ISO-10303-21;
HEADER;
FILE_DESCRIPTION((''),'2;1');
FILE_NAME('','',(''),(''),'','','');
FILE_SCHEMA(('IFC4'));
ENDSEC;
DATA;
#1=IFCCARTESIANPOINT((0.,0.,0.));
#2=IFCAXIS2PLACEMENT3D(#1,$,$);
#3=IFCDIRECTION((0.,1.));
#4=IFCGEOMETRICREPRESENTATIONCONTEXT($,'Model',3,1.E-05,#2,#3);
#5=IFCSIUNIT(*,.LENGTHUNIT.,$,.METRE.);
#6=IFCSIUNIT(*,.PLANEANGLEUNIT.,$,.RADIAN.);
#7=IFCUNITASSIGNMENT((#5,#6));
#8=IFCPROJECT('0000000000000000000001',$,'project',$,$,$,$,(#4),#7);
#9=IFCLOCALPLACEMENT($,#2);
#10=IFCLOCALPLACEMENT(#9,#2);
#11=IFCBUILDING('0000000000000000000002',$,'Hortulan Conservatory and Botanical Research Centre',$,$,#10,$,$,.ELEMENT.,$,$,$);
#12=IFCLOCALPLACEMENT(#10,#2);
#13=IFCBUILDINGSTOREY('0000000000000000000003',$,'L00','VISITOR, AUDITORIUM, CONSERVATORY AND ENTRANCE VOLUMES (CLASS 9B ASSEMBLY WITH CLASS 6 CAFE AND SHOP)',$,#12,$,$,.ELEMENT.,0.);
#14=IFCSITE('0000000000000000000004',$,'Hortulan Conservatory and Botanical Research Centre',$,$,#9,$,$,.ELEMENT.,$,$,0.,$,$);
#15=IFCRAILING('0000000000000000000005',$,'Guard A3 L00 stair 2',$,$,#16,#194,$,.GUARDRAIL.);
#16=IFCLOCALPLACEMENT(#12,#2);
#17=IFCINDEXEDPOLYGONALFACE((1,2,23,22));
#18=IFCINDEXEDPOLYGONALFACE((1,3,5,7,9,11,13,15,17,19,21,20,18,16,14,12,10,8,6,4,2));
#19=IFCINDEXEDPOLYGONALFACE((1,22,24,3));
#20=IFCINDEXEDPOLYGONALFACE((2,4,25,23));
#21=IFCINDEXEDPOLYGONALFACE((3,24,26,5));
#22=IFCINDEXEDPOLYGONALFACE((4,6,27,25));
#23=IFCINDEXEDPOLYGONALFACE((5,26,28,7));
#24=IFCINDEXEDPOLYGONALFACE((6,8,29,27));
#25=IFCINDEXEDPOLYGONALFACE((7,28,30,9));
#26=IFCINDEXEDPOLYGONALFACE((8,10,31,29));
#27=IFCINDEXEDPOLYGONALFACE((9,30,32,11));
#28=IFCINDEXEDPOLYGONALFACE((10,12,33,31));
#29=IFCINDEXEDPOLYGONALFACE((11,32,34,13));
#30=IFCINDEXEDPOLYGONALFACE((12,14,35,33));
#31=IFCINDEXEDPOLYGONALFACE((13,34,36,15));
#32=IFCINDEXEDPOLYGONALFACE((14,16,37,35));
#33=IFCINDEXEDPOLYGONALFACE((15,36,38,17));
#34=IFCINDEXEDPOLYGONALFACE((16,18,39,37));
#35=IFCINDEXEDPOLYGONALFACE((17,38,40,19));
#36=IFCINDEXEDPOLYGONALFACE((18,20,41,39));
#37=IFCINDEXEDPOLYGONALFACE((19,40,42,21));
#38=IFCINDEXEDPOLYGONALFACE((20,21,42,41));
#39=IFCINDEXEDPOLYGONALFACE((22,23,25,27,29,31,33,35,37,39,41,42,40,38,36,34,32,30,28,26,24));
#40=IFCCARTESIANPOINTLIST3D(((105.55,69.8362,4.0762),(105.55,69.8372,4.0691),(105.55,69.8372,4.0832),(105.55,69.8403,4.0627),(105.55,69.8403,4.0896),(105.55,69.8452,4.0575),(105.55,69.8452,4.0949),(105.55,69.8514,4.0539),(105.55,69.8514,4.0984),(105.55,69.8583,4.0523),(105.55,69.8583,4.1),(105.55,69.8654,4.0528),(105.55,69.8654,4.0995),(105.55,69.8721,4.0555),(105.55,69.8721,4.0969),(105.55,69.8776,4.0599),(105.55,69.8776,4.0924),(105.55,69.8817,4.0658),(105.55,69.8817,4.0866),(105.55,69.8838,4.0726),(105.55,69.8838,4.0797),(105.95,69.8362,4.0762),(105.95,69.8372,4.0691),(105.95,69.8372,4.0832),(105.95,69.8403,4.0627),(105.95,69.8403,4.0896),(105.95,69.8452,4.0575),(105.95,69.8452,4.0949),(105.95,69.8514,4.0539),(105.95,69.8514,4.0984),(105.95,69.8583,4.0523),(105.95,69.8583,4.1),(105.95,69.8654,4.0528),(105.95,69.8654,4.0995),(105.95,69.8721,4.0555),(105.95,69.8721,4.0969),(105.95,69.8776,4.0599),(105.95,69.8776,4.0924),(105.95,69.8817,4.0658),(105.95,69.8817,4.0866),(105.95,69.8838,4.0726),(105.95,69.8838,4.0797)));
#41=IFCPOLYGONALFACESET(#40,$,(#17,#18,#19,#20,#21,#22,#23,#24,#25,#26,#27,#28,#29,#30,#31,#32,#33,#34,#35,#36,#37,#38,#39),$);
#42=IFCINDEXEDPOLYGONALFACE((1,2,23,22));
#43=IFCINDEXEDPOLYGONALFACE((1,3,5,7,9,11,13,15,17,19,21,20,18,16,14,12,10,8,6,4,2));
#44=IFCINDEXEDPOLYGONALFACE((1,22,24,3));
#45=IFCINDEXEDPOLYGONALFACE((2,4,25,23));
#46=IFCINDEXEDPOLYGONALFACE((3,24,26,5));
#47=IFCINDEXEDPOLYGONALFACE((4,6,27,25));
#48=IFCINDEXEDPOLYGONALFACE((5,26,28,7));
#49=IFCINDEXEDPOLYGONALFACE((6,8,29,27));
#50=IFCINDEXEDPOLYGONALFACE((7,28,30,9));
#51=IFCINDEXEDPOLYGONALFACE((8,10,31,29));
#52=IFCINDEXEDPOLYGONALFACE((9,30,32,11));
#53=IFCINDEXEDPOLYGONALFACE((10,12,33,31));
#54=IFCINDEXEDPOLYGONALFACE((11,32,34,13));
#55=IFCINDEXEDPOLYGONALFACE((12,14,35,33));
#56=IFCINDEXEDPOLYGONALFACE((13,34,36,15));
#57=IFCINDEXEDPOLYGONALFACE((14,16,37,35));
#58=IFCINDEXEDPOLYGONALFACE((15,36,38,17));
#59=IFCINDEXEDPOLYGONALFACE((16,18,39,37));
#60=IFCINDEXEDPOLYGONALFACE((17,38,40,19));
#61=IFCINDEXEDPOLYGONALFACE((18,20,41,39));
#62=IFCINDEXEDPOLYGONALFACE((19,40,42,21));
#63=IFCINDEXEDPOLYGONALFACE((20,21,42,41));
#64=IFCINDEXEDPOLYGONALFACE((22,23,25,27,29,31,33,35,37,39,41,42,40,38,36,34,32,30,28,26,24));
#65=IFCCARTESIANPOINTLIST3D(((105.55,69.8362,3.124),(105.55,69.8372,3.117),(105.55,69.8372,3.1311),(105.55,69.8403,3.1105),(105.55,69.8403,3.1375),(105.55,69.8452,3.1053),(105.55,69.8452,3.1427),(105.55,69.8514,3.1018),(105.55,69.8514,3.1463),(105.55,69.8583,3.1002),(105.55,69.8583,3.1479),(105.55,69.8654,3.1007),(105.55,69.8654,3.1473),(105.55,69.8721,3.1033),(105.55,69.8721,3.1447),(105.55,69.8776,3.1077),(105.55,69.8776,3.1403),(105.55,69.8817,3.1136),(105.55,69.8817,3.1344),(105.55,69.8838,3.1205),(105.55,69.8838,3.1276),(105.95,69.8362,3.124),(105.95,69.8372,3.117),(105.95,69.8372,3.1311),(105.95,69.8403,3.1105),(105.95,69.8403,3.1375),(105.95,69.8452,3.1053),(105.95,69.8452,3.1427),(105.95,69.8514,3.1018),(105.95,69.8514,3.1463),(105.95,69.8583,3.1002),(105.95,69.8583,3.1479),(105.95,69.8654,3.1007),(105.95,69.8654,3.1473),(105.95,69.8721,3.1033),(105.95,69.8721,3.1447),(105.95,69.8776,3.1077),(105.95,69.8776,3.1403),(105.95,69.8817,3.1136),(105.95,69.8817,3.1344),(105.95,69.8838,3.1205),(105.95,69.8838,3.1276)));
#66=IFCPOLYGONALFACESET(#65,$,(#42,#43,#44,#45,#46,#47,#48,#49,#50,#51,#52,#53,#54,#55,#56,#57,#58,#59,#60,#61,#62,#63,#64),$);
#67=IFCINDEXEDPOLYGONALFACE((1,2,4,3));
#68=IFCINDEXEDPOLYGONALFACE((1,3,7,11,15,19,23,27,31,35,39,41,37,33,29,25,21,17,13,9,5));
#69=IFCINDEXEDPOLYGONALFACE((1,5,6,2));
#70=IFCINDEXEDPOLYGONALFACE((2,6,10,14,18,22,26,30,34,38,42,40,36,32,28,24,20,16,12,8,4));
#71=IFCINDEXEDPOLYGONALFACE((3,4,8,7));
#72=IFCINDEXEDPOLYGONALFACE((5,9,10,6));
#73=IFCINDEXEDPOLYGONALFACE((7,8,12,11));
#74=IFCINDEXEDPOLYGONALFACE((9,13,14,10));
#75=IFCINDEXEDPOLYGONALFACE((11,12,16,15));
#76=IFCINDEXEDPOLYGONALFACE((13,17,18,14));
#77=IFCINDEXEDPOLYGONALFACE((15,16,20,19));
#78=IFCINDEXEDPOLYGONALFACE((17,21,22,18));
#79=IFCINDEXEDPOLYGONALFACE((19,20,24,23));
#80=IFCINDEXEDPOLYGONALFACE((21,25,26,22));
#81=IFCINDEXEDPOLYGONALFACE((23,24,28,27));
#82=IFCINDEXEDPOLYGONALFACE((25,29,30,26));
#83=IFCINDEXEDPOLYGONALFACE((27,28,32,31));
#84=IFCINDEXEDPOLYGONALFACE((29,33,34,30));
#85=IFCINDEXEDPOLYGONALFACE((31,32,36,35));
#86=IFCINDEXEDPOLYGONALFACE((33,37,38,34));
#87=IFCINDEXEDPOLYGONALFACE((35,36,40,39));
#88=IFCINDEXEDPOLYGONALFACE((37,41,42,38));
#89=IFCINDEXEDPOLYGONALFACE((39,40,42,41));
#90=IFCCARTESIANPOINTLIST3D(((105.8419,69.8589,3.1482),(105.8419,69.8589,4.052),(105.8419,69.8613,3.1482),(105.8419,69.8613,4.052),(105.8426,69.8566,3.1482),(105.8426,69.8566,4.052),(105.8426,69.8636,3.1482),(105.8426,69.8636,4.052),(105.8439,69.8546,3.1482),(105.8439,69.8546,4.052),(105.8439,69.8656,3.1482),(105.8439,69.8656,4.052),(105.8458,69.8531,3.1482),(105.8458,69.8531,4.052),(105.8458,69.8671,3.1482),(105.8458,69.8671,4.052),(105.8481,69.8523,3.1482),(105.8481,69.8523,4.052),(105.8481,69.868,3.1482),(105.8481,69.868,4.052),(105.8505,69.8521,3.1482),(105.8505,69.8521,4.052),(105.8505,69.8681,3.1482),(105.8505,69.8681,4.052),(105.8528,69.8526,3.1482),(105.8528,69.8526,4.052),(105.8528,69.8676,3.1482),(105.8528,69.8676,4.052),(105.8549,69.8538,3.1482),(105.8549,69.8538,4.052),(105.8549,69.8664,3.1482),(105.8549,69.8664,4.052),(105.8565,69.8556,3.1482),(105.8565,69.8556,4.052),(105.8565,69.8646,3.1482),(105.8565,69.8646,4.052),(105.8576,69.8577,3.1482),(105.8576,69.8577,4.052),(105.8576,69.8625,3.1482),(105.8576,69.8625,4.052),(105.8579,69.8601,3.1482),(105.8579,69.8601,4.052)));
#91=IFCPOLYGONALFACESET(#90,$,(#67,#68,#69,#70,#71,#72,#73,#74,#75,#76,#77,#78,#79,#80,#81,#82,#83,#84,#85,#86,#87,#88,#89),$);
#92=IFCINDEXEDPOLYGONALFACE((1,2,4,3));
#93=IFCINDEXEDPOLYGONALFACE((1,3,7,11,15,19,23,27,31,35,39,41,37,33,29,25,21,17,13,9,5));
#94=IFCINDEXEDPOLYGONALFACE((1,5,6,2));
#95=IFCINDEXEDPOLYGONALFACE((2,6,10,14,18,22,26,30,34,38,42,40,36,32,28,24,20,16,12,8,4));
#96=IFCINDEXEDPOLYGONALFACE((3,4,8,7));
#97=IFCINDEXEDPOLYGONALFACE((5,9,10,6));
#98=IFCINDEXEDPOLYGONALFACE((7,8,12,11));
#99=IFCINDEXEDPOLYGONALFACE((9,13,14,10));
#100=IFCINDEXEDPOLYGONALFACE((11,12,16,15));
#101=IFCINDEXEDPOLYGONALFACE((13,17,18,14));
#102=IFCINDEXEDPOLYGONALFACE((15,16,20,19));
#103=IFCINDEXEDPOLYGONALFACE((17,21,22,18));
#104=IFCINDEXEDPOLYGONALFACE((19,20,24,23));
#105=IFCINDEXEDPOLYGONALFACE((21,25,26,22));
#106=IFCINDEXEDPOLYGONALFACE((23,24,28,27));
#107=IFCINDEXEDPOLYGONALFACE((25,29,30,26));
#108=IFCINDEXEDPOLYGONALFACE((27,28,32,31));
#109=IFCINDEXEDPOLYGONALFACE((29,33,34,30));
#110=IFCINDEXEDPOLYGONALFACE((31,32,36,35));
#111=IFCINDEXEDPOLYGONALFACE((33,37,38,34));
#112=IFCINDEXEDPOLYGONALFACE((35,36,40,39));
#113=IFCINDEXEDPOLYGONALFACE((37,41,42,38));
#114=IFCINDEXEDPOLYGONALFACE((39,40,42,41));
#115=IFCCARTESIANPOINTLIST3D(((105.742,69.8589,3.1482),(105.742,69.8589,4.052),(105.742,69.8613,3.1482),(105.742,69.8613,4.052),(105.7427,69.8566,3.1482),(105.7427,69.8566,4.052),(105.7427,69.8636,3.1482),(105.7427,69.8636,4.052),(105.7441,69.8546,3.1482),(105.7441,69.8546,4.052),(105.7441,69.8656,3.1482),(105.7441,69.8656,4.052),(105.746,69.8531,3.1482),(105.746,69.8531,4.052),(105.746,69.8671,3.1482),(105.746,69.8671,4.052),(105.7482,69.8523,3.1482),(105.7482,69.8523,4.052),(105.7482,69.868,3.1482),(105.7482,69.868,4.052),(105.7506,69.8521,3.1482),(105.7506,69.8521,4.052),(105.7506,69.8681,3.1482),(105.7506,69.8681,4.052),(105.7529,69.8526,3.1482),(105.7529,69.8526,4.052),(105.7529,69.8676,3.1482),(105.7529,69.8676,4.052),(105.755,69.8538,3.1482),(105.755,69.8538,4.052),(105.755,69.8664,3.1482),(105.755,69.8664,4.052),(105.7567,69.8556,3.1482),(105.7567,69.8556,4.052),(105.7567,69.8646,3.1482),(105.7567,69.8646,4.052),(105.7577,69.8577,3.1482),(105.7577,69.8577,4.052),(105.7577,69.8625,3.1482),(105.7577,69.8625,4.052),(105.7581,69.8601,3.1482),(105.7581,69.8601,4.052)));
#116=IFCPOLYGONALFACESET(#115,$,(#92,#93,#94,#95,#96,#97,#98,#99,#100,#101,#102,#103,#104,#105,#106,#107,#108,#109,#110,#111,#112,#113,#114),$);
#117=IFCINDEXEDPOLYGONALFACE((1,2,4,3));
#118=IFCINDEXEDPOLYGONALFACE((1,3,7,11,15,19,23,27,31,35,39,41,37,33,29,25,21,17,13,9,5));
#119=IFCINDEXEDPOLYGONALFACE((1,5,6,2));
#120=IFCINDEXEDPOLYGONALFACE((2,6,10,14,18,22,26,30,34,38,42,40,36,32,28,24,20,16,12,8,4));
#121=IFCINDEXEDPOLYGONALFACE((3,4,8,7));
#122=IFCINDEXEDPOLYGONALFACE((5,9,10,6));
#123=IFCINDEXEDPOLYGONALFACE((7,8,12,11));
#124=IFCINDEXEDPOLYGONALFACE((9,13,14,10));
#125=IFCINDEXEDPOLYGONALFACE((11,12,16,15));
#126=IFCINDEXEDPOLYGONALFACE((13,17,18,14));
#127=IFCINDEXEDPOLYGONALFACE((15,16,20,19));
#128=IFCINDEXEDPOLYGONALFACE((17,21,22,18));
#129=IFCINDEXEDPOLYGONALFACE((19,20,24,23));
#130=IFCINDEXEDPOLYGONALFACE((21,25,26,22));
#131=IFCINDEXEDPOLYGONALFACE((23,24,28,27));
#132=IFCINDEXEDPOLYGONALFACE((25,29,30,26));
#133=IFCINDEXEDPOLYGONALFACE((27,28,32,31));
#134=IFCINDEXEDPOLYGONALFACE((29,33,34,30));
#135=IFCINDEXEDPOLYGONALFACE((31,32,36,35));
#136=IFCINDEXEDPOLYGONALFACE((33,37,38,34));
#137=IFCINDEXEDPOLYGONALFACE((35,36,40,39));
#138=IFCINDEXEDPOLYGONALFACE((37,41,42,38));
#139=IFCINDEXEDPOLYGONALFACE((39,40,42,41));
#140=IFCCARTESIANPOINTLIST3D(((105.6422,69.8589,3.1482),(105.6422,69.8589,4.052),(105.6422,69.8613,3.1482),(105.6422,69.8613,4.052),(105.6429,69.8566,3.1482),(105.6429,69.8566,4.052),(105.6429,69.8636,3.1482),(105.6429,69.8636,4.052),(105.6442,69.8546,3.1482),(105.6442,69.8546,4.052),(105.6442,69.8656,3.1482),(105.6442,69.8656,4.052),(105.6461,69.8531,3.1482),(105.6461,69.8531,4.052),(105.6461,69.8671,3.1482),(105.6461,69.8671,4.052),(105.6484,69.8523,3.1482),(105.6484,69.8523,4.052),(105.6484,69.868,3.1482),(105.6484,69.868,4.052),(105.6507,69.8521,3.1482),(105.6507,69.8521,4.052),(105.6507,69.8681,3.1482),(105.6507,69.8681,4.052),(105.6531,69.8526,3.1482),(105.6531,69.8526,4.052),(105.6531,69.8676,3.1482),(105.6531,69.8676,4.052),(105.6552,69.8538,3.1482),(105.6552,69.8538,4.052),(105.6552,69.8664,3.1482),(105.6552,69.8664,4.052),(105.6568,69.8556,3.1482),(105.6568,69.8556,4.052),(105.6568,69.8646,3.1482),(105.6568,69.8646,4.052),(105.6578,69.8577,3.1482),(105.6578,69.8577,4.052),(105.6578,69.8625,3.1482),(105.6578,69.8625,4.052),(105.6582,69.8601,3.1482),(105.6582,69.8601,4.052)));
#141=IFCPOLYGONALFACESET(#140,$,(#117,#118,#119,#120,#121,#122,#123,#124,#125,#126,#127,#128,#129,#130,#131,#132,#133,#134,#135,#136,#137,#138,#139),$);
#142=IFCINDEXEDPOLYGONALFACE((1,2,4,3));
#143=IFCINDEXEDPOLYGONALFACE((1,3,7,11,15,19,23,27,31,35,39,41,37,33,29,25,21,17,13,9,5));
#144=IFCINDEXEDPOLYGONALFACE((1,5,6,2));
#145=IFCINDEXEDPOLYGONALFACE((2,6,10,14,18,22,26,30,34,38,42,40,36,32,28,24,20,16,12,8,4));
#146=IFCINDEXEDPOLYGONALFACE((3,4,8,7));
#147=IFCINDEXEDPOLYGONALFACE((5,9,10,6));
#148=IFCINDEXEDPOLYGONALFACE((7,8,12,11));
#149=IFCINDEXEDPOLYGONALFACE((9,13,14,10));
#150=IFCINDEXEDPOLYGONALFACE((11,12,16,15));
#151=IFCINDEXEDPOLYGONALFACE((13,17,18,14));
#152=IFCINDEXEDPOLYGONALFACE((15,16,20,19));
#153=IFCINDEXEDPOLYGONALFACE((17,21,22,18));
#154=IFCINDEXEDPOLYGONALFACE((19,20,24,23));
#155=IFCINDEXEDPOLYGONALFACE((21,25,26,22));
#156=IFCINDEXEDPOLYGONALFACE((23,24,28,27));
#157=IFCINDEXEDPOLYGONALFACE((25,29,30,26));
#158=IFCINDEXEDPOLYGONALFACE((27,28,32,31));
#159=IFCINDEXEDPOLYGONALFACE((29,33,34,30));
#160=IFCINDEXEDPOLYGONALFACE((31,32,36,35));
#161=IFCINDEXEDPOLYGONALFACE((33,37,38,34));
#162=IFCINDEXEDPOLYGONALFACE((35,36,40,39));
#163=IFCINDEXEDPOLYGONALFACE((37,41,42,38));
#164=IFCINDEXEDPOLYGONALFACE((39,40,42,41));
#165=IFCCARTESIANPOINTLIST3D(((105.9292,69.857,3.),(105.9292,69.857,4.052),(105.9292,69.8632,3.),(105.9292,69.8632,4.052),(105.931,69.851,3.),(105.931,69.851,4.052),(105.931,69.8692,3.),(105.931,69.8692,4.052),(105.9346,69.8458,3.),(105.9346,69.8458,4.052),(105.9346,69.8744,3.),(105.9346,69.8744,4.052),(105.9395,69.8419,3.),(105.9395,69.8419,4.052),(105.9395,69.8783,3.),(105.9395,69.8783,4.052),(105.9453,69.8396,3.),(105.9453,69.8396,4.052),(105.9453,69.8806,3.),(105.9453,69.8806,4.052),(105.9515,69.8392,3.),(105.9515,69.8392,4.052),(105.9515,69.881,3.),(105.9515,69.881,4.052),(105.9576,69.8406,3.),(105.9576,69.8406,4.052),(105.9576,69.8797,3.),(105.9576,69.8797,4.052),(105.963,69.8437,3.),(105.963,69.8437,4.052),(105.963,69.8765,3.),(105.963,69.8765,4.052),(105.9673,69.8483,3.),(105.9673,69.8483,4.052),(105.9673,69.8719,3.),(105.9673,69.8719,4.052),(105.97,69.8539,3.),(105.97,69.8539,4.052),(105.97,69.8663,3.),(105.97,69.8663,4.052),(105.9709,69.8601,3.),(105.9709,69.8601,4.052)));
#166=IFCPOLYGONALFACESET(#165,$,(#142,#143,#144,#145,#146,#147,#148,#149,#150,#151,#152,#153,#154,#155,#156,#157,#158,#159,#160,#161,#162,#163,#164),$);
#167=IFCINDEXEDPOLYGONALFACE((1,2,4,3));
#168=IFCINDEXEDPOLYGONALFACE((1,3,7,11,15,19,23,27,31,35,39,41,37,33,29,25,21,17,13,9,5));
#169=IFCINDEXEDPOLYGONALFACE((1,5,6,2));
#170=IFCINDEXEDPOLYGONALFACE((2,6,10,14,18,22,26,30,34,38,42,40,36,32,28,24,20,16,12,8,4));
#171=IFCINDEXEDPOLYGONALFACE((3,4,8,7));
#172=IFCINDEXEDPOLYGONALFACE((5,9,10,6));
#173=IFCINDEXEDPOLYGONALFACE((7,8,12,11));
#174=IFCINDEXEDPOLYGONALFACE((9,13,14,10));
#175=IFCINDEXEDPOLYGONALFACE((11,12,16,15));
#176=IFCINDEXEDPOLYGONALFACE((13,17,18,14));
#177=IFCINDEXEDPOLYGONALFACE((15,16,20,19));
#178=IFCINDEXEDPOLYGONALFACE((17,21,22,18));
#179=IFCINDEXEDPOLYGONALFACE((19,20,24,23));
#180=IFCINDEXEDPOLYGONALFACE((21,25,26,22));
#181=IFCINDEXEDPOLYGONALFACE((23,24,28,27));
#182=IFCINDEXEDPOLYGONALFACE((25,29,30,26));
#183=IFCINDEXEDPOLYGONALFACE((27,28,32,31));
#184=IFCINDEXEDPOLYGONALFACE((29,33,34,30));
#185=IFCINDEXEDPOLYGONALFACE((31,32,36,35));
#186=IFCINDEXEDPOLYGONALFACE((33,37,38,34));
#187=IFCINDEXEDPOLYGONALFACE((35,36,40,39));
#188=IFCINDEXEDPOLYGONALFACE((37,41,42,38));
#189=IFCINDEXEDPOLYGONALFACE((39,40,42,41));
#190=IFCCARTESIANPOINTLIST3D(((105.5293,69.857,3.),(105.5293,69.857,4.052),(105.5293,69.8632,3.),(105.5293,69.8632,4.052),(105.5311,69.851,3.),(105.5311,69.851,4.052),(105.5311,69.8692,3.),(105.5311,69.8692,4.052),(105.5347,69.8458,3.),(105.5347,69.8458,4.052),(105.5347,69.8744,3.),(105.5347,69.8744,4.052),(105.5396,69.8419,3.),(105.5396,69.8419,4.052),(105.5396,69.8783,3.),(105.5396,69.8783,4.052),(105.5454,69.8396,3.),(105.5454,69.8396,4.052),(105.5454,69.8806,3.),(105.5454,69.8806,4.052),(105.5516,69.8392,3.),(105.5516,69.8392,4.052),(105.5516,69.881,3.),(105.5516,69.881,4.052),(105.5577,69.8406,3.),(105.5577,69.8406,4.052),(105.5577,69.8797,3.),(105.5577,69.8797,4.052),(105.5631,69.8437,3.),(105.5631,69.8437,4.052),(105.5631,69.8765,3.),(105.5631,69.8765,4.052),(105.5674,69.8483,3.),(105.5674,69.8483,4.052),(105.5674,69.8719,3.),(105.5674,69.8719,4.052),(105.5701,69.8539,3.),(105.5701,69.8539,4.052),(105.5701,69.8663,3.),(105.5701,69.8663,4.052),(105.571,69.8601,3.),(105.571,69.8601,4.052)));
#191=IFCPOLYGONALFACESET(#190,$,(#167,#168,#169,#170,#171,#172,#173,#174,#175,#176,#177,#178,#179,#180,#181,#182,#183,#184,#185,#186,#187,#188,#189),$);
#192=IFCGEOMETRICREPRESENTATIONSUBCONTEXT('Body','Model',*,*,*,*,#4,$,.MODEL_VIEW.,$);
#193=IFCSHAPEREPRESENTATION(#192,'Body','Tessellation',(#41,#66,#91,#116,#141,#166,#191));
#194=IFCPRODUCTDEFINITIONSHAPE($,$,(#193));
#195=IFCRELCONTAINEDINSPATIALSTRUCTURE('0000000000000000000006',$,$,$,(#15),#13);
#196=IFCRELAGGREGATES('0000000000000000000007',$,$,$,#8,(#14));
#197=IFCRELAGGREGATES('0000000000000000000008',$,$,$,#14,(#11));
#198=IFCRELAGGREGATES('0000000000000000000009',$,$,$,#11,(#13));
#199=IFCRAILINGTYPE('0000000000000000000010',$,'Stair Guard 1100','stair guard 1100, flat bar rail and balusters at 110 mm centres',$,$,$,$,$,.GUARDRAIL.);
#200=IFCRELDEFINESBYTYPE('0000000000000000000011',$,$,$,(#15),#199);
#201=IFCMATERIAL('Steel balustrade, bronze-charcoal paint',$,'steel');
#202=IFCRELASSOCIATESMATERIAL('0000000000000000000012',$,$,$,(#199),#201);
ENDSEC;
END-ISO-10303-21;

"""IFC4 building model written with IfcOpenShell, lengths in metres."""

from ifc_helpers import new_model, si_unit, direction, frame, origin, origin_2d, place, context, subcontext, project, spatial, circle, extrude, material, type_object, element, save


model = new_model("IFC4")

# Units and contexts
model_context = context("Model", 3, precision=1e-05, world=origin(), true_north=direction((0.0, 1.0)))
body_context = subcontext(model_context, "Body", "Model", "MODEL_VIEW")
ifc_project = project(units=[si_unit("LENGTHUNIT", "METRE"), si_unit("PLANEANGLEUNIT", "RADIAN")], contexts=[model_context])

# Site, building, storey
site_placement = place(None, origin())
site = spatial("IfcSite", under=ifc_project, at=site_placement, Name="Hortulan Conservatory and Botanical Research Centre", CompositionType="ELEMENT", RefElevation=0.0)
building_placement = place(site_placement, origin())
building = spatial("IfcBuilding", under=site, at=building_placement, Name="Hortulan Conservatory and Botanical Research Centre", CompositionType="ELEMENT")
storey_placement = place(building_placement, origin())
storey = spatial("IfcBuildingStorey", under=building, at=storey_placement, Name="L00", Description="VISITOR, AUDITORIUM, CONSERVATORY AND ENTRANCE VOLUMES (CLASS 9B ASSEMBLY WITH CLASS 6 CAFE AND SHOP)", CompositionType="ELEMENT", Elevation=0.0)

# Railing
ifc_material_1 = material(Name="Steel balustrade, bronze-charcoal paint", Category="steel")
railing_type_1 = type_object("IfcRailingType", Name="Stair Guard 1100", Description="stair guard 1100, flat bar rail and balusters at 110 mm centres", PredefinedType="GUARDRAIL", material=ifc_material_1)
railing_1_placement = place(storey_placement, frame((105.95, 69.8601, 3.0)))
element("IfcRailing", 1, at=railing_1_placement, inside=storey, type_object=railing_type_1, Name="Guard A3 L00 stair 2", PredefinedType="GUARDRAIL", context=body_context, shape_type="SweptSolid", body=[
    extrude(circle(Radius=0.0239, at=origin_2d()), frame((0.0, 0.0, 1.0762), z_axis=(-1.0, 0.0, 0.0), x_axis=(0.0, -1.0, 0.0)), (0.0, 0.0, 1.0), 0.3999),
    extrude(circle(Radius=0.0239, at=origin_2d()), frame((0.0, 0.0, 0.124), z_axis=(-1.0, 0.0, 0.0), x_axis=(0.0, -1.0, 0.0)), (0.0, 0.0, 1.0), 0.3999),
    extrude(circle(Radius=0.0081, at=origin_2d()), frame((-0.1001, 0.0, 0.1482)), (0.0, 0.0, 1.0), 0.9038),
    extrude(circle(Radius=0.0081, at=origin_2d()), frame((-0.2, 0.0, 0.1482)), (0.0, 0.0, 1.0), 0.9038),
    extrude(circle(Radius=0.0081, at=origin_2d()), frame((-0.2998, 0.0, 0.1482)), (0.0, 0.0, 1.0), 0.9038),
    extrude(circle(Radius=0.021, at=origin_2d()), origin(), (0.0, 0.0, 1.0), 1.052),
    extrude(circle(Radius=0.021, at=origin_2d()), frame((-0.3999, 0.0, 0.0)), (0.0, 0.0, 1.0), 1.052),
])

save(model, "model.ifc")
